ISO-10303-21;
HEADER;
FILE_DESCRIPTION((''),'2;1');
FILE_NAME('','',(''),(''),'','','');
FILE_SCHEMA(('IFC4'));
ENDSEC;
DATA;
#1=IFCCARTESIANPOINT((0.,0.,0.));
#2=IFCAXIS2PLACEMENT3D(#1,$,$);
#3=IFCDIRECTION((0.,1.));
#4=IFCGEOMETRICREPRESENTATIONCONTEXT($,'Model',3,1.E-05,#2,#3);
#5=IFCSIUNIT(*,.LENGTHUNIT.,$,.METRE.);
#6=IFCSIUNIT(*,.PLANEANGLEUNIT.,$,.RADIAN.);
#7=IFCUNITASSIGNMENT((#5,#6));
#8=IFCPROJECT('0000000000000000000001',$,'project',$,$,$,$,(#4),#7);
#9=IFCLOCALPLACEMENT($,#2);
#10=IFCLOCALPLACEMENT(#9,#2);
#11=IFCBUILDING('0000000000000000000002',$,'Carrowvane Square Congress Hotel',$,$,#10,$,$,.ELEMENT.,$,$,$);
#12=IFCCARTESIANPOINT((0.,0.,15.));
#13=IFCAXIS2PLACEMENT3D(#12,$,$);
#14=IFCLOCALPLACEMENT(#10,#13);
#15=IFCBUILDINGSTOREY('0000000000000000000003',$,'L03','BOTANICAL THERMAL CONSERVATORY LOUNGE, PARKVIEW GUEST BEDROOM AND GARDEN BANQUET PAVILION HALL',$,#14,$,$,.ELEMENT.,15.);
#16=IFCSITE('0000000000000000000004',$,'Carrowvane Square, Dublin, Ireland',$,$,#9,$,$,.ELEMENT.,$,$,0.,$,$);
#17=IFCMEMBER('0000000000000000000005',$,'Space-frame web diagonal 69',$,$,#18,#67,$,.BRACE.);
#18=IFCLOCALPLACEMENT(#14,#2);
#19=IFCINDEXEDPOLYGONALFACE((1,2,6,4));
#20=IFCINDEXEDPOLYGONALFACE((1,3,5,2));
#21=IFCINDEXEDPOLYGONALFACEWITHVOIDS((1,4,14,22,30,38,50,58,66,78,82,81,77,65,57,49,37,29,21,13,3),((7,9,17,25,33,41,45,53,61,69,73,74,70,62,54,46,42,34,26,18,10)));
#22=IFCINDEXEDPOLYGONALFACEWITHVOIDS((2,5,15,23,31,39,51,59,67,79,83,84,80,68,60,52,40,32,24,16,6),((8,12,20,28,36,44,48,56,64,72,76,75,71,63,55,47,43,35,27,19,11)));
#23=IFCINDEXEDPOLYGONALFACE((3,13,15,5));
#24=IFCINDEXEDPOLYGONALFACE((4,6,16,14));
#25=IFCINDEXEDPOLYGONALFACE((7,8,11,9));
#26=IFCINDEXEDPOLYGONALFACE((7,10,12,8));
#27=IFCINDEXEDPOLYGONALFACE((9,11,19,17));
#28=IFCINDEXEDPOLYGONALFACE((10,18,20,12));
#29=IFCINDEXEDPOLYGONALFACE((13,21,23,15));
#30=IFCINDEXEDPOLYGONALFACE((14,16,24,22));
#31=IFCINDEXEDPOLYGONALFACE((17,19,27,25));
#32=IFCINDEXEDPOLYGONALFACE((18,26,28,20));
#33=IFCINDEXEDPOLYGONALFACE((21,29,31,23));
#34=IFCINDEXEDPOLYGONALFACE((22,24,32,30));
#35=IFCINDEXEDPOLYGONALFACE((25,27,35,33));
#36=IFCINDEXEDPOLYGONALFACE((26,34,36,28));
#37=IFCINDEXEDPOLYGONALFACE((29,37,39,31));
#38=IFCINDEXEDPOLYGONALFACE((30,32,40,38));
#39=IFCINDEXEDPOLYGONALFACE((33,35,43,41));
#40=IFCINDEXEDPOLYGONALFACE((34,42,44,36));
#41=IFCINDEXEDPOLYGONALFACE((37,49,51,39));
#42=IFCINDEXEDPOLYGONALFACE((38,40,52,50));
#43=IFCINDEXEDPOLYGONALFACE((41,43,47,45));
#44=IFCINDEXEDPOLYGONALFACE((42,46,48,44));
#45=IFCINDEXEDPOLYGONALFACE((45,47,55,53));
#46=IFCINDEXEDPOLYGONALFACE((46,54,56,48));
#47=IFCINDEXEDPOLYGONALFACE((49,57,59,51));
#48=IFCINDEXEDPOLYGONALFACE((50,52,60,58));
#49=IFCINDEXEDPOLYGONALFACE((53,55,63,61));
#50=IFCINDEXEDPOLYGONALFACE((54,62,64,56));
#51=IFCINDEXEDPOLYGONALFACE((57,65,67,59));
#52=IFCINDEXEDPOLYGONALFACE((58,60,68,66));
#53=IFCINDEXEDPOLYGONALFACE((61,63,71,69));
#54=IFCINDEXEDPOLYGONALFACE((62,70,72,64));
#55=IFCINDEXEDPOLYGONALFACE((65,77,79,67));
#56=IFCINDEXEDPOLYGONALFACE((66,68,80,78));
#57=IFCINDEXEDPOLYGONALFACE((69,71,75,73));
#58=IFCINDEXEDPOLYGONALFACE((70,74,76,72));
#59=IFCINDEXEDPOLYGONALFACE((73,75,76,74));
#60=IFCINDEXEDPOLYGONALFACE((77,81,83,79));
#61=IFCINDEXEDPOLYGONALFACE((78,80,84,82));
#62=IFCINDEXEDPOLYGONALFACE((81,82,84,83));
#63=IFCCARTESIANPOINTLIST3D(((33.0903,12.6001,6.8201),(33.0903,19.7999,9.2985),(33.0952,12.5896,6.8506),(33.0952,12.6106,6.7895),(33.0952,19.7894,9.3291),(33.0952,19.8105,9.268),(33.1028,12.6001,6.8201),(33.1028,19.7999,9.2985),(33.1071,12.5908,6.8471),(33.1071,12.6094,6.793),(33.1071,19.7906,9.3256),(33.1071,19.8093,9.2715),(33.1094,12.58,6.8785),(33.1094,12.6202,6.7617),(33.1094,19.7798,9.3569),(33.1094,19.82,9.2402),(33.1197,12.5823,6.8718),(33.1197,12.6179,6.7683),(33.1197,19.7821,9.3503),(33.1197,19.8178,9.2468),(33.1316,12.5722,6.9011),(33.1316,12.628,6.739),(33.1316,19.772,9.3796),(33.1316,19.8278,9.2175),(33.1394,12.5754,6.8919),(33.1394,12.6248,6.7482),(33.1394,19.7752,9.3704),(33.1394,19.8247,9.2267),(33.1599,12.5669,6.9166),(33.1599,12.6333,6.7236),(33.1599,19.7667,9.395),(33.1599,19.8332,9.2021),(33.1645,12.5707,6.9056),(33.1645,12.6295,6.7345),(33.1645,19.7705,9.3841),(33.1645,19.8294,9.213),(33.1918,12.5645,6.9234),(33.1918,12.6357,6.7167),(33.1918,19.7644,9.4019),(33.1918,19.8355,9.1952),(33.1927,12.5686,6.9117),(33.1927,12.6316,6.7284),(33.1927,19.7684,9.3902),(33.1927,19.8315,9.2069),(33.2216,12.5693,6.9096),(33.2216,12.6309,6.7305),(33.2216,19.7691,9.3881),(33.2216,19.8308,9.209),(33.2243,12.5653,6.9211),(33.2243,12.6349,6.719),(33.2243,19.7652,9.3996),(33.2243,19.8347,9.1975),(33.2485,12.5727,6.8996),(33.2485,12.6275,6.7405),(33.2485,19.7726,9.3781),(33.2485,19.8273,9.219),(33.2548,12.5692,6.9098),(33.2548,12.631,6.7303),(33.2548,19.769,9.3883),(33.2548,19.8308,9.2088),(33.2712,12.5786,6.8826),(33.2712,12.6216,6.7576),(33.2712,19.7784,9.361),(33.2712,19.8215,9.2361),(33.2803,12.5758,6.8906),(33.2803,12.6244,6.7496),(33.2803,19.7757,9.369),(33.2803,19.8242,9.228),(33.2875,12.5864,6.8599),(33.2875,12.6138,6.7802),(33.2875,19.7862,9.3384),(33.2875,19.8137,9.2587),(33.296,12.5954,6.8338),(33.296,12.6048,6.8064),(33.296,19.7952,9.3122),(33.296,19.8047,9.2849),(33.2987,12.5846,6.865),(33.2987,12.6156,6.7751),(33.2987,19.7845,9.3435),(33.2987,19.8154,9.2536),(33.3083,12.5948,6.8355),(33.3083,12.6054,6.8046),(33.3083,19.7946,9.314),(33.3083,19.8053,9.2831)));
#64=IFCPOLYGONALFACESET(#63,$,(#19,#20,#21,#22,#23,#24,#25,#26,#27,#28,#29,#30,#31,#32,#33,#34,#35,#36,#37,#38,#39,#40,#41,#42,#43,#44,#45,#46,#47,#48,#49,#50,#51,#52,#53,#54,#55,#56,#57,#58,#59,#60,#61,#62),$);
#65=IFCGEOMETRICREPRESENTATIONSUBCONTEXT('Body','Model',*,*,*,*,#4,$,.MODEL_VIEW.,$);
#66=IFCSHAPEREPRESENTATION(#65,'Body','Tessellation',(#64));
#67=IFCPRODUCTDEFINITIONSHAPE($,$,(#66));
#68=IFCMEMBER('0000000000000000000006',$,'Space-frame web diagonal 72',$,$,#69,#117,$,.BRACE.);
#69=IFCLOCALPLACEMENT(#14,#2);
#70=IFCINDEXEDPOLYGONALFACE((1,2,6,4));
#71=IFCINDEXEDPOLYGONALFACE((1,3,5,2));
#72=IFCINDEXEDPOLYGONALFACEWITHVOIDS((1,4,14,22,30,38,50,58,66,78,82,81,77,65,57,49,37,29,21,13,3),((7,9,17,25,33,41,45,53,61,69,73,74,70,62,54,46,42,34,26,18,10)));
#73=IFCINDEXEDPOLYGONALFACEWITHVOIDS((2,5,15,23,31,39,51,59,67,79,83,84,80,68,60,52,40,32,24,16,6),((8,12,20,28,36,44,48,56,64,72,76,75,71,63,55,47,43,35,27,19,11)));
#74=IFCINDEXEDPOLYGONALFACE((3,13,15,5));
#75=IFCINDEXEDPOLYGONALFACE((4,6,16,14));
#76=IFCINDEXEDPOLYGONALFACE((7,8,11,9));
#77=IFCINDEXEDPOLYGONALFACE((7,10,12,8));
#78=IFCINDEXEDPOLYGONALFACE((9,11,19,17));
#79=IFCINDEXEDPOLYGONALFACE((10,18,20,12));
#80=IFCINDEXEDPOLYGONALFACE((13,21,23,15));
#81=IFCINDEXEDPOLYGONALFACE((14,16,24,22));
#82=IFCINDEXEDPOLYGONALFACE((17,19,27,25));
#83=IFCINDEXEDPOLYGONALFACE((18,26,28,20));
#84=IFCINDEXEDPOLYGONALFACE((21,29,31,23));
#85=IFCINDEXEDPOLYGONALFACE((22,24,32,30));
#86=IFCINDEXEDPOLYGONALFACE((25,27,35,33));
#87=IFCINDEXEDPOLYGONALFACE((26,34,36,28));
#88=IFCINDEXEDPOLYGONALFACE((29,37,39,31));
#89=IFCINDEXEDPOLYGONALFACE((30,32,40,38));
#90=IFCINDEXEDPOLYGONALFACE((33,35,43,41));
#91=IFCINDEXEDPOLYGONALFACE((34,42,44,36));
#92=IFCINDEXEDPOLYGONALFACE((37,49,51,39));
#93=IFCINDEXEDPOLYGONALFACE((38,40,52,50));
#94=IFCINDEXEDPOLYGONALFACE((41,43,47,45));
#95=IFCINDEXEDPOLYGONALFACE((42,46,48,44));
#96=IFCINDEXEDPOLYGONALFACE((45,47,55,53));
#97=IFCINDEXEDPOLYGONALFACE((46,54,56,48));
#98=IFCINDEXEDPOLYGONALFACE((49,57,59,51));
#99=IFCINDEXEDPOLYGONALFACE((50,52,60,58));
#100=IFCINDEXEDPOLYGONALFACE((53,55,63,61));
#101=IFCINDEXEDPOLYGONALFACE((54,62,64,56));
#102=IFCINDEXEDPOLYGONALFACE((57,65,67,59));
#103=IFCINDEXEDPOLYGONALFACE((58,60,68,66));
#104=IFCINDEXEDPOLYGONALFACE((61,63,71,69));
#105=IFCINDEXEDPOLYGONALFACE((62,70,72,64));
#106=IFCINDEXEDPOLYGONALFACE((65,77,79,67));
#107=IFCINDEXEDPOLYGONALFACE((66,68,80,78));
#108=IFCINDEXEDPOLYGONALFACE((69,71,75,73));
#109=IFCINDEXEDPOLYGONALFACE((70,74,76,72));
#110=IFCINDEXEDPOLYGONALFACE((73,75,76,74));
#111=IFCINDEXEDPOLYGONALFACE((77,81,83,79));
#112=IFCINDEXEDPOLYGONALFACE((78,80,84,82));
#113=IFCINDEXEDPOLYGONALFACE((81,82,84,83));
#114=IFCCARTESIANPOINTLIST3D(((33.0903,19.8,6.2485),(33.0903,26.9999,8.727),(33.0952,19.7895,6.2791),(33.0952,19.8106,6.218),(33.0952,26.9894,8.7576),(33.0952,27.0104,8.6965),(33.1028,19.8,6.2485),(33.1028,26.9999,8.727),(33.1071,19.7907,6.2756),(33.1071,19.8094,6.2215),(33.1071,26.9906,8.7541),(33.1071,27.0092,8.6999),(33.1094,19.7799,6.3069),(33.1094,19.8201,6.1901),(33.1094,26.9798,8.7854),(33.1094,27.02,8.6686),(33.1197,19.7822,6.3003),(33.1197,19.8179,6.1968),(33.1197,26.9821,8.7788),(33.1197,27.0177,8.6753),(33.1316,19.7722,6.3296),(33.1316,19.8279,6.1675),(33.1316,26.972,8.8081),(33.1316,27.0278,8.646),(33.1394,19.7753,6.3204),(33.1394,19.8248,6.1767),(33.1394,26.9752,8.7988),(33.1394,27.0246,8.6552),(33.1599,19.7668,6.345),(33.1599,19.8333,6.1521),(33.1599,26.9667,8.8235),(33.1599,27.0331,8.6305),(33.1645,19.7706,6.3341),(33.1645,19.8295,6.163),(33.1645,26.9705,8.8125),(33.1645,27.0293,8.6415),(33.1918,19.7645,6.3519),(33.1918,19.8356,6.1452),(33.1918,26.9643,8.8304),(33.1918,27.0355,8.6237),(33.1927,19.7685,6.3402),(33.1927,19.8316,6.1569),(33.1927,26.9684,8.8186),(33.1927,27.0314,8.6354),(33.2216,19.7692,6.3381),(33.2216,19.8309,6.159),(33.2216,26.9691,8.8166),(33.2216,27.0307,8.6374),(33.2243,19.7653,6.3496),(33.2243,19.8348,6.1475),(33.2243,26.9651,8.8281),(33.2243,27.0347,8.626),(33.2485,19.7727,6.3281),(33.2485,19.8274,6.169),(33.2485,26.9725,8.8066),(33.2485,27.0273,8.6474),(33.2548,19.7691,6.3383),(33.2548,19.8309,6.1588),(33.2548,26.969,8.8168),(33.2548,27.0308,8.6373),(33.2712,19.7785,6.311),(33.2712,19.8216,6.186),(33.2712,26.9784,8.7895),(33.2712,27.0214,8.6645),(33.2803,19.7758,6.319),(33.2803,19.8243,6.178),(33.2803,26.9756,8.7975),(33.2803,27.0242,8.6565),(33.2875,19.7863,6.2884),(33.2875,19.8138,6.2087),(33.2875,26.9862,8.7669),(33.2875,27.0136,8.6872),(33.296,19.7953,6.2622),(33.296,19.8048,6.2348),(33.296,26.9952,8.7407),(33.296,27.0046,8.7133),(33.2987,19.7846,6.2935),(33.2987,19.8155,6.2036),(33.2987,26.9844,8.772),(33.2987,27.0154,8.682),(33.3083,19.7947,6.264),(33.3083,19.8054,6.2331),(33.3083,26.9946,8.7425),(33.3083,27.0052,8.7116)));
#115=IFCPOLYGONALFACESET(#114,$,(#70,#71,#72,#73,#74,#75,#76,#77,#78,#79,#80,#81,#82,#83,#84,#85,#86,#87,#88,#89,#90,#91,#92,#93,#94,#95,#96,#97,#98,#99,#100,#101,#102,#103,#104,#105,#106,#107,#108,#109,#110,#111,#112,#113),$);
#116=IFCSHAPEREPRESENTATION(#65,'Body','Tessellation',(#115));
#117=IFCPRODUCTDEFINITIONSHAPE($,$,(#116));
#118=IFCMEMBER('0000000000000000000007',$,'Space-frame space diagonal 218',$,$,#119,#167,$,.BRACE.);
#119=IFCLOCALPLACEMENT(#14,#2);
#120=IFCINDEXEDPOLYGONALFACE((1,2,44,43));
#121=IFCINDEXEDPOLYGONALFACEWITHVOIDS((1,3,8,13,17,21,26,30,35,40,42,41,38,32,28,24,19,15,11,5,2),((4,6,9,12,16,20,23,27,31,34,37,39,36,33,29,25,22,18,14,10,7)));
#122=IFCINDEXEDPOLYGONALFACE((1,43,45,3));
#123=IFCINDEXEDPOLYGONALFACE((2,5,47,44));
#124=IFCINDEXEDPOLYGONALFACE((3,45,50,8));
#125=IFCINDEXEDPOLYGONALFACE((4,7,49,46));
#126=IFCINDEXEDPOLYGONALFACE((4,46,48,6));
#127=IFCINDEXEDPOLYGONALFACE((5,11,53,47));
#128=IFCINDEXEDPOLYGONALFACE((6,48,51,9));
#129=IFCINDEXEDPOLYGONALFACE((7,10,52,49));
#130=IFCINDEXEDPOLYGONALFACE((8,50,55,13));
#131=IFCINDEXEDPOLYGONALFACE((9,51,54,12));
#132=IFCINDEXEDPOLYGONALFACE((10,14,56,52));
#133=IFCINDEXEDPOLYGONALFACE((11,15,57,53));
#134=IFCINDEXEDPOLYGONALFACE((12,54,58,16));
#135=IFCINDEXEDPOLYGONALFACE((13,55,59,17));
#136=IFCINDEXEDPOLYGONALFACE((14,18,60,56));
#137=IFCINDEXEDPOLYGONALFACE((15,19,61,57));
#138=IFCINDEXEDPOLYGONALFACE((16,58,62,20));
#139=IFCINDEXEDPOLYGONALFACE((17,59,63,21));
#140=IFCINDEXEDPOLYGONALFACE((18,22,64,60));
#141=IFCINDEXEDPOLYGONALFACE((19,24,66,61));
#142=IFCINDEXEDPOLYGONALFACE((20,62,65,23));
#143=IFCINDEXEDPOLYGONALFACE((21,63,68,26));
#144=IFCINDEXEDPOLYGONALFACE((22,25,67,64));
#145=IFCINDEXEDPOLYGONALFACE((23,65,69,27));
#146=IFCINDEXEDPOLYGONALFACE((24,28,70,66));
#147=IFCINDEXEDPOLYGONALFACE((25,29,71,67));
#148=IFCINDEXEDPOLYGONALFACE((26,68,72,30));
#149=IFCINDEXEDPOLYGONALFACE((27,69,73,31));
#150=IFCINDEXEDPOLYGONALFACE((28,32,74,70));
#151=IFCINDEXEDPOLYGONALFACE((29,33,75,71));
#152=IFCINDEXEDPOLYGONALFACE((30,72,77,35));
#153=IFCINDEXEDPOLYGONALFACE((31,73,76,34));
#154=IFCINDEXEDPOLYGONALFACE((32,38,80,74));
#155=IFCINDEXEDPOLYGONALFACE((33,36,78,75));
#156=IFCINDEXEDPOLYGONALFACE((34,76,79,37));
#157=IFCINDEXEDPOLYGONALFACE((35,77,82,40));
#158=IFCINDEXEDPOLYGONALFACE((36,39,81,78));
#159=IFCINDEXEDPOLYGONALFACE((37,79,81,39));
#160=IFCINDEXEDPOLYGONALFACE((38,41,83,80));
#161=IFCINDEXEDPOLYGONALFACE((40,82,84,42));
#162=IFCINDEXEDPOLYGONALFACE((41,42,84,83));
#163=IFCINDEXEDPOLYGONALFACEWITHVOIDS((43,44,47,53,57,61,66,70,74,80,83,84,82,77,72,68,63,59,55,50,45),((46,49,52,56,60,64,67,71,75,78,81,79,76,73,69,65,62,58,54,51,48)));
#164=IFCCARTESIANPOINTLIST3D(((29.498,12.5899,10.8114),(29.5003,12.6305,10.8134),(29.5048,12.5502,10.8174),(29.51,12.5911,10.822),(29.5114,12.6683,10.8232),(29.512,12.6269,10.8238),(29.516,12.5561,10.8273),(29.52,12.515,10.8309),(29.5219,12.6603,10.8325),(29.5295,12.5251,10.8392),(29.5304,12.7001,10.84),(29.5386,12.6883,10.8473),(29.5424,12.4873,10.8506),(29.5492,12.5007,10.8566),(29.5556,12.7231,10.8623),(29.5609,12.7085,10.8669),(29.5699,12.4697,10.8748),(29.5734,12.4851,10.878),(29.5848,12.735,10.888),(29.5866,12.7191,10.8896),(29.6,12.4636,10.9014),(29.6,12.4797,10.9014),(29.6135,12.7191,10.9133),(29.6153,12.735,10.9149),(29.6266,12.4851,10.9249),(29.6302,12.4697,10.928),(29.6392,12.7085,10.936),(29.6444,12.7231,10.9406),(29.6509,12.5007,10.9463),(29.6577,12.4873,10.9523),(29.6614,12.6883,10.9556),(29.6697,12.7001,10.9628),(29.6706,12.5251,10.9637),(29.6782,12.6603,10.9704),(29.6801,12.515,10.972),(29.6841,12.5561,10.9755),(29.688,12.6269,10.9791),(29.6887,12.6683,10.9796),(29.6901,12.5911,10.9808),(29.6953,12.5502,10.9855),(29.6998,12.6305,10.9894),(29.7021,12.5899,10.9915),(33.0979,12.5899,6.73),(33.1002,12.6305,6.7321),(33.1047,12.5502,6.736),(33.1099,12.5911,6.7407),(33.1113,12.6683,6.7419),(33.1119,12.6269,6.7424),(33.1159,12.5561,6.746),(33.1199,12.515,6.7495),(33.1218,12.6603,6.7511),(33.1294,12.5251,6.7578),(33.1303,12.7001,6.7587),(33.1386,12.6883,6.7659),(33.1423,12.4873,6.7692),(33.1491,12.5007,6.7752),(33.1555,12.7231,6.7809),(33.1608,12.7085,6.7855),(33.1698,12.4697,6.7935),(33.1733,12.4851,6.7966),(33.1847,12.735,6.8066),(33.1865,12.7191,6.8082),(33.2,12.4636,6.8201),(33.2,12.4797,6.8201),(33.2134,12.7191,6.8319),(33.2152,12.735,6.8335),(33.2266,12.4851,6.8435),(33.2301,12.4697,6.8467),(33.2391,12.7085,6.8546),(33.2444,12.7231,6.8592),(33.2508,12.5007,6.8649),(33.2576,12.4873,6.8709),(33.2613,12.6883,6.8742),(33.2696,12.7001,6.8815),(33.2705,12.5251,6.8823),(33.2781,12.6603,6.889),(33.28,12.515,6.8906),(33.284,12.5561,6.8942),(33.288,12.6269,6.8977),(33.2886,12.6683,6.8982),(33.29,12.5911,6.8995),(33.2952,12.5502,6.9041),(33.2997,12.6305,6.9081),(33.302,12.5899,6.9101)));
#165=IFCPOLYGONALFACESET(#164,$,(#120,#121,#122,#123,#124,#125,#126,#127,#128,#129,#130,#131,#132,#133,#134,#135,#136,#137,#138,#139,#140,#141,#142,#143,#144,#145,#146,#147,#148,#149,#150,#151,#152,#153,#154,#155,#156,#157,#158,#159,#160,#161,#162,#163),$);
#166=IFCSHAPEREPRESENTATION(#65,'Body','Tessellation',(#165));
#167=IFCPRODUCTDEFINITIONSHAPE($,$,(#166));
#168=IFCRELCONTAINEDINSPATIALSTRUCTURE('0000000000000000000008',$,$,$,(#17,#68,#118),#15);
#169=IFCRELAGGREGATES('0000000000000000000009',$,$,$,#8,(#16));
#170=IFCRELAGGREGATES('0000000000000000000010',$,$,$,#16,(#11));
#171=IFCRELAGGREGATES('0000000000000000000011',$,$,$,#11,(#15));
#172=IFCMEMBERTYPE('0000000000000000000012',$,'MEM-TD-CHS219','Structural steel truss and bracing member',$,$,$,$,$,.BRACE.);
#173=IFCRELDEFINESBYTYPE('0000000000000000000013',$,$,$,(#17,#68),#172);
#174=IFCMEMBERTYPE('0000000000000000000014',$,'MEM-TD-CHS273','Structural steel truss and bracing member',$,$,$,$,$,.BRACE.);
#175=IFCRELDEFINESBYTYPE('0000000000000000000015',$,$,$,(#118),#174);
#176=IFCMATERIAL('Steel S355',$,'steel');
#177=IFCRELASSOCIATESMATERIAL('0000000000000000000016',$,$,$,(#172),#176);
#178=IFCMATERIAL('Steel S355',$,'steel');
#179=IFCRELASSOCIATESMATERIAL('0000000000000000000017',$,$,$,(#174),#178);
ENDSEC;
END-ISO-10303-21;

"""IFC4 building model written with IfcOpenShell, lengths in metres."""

from ifc_helpers import new_model, si_unit, direction, frame, origin, origin_2d, place, context, subcontext, project, spatial, hollow_circle, extrude, material, material_profile, profile_set, type_object, element, save


model = new_model("IFC4")

# Units and contexts
model_context = context("Model", 3, precision=1e-05, world=origin(), true_north=direction((0.0, 1.0)))
body_context = subcontext(model_context, "Body", "Model", "MODEL_VIEW")
ifc_project = project(units=[si_unit("LENGTHUNIT", "METRE"), si_unit("PLANEANGLEUNIT", "RADIAN")], contexts=[model_context])

# Site, building, storey
site_placement = place(None, origin())
site = spatial("IfcSite", under=ifc_project, at=site_placement, Name="Carrowvane Square, Dublin, Ireland", CompositionType="ELEMENT", RefElevation=0.0)
building_placement = place(site_placement, origin())
building = spatial("IfcBuilding", under=site, at=building_placement, Name="Carrowvane Square Congress Hotel", CompositionType="ELEMENT")
storey_placement = place(building_placement, frame((0.0, 0.0, 15.0)))
storey = spatial("IfcBuildingStorey", under=building, at=storey_placement, Name="L03", Description="BOTANICAL THERMAL CONSERVATORY LOUNGE, PARKVIEW GUEST BEDROOM AND GARDEN BANQUET PAVILION HALL", CompositionType="ELEMENT", Elevation=15.0)

# Members
ifc_material_1 = material(Name="Steel S355", Category="steel")
ifc_material_profile_1 = material_profile(ifc_material_1, hollow_circle(Radius=0.1096, WallThickness=0.0125, at=origin_2d()), Name="CHS 219.1x12.5")
ifc_profile_set_1 = profile_set([ifc_material_profile_1], Name="Steel S355")
member_type_1 = type_object("IfcMemberType", Name="MEM-TD-CHS219", Description="Structural steel truss and bracing member", PredefinedType="BRACE", material=ifc_profile_set_1)
for number, where, z_axis, x_axis, name in (
    (1, (33.2, 12.6001, 6.8201), (0.0, 0.945544, 0.325495), (-1.0, 0.0, 0.0), "Space-frame web diagonal 69"),
    (2, (33.2, 19.8, 6.2485), (0.0, 0.945544, 0.325495), (-1.0, 0.0, 0.0), "Space-frame web diagonal 72"),
):
    element("IfcMember", number, at=place(storey_placement, frame(where, z_axis=z_axis, x_axis=x_axis)), inside=storey, type_object=member_type_1, Name=name, PredefinedType="BRACE", context=body_context, shape_type="SweptSolid", body=[
        extrude(hollow_circle(Radius=0.1096, WallThickness=0.0125, at=origin_2d()), origin(), (0.0, 0.0, 1.0), 7.6145),
    ])
ifc_material_2 = material(Name="Steel S355", Category="steel")
ifc_material_profile_2 = material_profile(ifc_material_2, hollow_circle(Radius=0.1365, WallThickness=0.0161, at=origin_2d()), Name="CHS 273.0x16")
ifc_profile_set_2 = profile_set([ifc_material_profile_2], Name="Steel S355")
member_type_2 = type_object("IfcMemberType", Name="MEM-TD-CHS273", Description="Structural steel truss and bracing member", PredefinedType="BRACE", material=ifc_profile_set_2)
member_1_placement = place(storey_placement, frame((33.2, 12.6001, 6.8201), z_axis=(-0.661488, 0.0, 0.749956), x_axis=(0.0, -1.0, 0.0)))
element("IfcMember", 3, at=member_1_placement, inside=storey, type_object=member_type_2, Name="Space-frame space diagonal 218", PredefinedType="BRACE", context=body_context, shape_type="SweptSolid", body=[
    extrude(hollow_circle(Radius=0.1365, WallThickness=0.0161, at=origin_2d()), origin(), (0.0, 0.0, 1.0), 5.4421),
])

save(model, "model.ifc")
